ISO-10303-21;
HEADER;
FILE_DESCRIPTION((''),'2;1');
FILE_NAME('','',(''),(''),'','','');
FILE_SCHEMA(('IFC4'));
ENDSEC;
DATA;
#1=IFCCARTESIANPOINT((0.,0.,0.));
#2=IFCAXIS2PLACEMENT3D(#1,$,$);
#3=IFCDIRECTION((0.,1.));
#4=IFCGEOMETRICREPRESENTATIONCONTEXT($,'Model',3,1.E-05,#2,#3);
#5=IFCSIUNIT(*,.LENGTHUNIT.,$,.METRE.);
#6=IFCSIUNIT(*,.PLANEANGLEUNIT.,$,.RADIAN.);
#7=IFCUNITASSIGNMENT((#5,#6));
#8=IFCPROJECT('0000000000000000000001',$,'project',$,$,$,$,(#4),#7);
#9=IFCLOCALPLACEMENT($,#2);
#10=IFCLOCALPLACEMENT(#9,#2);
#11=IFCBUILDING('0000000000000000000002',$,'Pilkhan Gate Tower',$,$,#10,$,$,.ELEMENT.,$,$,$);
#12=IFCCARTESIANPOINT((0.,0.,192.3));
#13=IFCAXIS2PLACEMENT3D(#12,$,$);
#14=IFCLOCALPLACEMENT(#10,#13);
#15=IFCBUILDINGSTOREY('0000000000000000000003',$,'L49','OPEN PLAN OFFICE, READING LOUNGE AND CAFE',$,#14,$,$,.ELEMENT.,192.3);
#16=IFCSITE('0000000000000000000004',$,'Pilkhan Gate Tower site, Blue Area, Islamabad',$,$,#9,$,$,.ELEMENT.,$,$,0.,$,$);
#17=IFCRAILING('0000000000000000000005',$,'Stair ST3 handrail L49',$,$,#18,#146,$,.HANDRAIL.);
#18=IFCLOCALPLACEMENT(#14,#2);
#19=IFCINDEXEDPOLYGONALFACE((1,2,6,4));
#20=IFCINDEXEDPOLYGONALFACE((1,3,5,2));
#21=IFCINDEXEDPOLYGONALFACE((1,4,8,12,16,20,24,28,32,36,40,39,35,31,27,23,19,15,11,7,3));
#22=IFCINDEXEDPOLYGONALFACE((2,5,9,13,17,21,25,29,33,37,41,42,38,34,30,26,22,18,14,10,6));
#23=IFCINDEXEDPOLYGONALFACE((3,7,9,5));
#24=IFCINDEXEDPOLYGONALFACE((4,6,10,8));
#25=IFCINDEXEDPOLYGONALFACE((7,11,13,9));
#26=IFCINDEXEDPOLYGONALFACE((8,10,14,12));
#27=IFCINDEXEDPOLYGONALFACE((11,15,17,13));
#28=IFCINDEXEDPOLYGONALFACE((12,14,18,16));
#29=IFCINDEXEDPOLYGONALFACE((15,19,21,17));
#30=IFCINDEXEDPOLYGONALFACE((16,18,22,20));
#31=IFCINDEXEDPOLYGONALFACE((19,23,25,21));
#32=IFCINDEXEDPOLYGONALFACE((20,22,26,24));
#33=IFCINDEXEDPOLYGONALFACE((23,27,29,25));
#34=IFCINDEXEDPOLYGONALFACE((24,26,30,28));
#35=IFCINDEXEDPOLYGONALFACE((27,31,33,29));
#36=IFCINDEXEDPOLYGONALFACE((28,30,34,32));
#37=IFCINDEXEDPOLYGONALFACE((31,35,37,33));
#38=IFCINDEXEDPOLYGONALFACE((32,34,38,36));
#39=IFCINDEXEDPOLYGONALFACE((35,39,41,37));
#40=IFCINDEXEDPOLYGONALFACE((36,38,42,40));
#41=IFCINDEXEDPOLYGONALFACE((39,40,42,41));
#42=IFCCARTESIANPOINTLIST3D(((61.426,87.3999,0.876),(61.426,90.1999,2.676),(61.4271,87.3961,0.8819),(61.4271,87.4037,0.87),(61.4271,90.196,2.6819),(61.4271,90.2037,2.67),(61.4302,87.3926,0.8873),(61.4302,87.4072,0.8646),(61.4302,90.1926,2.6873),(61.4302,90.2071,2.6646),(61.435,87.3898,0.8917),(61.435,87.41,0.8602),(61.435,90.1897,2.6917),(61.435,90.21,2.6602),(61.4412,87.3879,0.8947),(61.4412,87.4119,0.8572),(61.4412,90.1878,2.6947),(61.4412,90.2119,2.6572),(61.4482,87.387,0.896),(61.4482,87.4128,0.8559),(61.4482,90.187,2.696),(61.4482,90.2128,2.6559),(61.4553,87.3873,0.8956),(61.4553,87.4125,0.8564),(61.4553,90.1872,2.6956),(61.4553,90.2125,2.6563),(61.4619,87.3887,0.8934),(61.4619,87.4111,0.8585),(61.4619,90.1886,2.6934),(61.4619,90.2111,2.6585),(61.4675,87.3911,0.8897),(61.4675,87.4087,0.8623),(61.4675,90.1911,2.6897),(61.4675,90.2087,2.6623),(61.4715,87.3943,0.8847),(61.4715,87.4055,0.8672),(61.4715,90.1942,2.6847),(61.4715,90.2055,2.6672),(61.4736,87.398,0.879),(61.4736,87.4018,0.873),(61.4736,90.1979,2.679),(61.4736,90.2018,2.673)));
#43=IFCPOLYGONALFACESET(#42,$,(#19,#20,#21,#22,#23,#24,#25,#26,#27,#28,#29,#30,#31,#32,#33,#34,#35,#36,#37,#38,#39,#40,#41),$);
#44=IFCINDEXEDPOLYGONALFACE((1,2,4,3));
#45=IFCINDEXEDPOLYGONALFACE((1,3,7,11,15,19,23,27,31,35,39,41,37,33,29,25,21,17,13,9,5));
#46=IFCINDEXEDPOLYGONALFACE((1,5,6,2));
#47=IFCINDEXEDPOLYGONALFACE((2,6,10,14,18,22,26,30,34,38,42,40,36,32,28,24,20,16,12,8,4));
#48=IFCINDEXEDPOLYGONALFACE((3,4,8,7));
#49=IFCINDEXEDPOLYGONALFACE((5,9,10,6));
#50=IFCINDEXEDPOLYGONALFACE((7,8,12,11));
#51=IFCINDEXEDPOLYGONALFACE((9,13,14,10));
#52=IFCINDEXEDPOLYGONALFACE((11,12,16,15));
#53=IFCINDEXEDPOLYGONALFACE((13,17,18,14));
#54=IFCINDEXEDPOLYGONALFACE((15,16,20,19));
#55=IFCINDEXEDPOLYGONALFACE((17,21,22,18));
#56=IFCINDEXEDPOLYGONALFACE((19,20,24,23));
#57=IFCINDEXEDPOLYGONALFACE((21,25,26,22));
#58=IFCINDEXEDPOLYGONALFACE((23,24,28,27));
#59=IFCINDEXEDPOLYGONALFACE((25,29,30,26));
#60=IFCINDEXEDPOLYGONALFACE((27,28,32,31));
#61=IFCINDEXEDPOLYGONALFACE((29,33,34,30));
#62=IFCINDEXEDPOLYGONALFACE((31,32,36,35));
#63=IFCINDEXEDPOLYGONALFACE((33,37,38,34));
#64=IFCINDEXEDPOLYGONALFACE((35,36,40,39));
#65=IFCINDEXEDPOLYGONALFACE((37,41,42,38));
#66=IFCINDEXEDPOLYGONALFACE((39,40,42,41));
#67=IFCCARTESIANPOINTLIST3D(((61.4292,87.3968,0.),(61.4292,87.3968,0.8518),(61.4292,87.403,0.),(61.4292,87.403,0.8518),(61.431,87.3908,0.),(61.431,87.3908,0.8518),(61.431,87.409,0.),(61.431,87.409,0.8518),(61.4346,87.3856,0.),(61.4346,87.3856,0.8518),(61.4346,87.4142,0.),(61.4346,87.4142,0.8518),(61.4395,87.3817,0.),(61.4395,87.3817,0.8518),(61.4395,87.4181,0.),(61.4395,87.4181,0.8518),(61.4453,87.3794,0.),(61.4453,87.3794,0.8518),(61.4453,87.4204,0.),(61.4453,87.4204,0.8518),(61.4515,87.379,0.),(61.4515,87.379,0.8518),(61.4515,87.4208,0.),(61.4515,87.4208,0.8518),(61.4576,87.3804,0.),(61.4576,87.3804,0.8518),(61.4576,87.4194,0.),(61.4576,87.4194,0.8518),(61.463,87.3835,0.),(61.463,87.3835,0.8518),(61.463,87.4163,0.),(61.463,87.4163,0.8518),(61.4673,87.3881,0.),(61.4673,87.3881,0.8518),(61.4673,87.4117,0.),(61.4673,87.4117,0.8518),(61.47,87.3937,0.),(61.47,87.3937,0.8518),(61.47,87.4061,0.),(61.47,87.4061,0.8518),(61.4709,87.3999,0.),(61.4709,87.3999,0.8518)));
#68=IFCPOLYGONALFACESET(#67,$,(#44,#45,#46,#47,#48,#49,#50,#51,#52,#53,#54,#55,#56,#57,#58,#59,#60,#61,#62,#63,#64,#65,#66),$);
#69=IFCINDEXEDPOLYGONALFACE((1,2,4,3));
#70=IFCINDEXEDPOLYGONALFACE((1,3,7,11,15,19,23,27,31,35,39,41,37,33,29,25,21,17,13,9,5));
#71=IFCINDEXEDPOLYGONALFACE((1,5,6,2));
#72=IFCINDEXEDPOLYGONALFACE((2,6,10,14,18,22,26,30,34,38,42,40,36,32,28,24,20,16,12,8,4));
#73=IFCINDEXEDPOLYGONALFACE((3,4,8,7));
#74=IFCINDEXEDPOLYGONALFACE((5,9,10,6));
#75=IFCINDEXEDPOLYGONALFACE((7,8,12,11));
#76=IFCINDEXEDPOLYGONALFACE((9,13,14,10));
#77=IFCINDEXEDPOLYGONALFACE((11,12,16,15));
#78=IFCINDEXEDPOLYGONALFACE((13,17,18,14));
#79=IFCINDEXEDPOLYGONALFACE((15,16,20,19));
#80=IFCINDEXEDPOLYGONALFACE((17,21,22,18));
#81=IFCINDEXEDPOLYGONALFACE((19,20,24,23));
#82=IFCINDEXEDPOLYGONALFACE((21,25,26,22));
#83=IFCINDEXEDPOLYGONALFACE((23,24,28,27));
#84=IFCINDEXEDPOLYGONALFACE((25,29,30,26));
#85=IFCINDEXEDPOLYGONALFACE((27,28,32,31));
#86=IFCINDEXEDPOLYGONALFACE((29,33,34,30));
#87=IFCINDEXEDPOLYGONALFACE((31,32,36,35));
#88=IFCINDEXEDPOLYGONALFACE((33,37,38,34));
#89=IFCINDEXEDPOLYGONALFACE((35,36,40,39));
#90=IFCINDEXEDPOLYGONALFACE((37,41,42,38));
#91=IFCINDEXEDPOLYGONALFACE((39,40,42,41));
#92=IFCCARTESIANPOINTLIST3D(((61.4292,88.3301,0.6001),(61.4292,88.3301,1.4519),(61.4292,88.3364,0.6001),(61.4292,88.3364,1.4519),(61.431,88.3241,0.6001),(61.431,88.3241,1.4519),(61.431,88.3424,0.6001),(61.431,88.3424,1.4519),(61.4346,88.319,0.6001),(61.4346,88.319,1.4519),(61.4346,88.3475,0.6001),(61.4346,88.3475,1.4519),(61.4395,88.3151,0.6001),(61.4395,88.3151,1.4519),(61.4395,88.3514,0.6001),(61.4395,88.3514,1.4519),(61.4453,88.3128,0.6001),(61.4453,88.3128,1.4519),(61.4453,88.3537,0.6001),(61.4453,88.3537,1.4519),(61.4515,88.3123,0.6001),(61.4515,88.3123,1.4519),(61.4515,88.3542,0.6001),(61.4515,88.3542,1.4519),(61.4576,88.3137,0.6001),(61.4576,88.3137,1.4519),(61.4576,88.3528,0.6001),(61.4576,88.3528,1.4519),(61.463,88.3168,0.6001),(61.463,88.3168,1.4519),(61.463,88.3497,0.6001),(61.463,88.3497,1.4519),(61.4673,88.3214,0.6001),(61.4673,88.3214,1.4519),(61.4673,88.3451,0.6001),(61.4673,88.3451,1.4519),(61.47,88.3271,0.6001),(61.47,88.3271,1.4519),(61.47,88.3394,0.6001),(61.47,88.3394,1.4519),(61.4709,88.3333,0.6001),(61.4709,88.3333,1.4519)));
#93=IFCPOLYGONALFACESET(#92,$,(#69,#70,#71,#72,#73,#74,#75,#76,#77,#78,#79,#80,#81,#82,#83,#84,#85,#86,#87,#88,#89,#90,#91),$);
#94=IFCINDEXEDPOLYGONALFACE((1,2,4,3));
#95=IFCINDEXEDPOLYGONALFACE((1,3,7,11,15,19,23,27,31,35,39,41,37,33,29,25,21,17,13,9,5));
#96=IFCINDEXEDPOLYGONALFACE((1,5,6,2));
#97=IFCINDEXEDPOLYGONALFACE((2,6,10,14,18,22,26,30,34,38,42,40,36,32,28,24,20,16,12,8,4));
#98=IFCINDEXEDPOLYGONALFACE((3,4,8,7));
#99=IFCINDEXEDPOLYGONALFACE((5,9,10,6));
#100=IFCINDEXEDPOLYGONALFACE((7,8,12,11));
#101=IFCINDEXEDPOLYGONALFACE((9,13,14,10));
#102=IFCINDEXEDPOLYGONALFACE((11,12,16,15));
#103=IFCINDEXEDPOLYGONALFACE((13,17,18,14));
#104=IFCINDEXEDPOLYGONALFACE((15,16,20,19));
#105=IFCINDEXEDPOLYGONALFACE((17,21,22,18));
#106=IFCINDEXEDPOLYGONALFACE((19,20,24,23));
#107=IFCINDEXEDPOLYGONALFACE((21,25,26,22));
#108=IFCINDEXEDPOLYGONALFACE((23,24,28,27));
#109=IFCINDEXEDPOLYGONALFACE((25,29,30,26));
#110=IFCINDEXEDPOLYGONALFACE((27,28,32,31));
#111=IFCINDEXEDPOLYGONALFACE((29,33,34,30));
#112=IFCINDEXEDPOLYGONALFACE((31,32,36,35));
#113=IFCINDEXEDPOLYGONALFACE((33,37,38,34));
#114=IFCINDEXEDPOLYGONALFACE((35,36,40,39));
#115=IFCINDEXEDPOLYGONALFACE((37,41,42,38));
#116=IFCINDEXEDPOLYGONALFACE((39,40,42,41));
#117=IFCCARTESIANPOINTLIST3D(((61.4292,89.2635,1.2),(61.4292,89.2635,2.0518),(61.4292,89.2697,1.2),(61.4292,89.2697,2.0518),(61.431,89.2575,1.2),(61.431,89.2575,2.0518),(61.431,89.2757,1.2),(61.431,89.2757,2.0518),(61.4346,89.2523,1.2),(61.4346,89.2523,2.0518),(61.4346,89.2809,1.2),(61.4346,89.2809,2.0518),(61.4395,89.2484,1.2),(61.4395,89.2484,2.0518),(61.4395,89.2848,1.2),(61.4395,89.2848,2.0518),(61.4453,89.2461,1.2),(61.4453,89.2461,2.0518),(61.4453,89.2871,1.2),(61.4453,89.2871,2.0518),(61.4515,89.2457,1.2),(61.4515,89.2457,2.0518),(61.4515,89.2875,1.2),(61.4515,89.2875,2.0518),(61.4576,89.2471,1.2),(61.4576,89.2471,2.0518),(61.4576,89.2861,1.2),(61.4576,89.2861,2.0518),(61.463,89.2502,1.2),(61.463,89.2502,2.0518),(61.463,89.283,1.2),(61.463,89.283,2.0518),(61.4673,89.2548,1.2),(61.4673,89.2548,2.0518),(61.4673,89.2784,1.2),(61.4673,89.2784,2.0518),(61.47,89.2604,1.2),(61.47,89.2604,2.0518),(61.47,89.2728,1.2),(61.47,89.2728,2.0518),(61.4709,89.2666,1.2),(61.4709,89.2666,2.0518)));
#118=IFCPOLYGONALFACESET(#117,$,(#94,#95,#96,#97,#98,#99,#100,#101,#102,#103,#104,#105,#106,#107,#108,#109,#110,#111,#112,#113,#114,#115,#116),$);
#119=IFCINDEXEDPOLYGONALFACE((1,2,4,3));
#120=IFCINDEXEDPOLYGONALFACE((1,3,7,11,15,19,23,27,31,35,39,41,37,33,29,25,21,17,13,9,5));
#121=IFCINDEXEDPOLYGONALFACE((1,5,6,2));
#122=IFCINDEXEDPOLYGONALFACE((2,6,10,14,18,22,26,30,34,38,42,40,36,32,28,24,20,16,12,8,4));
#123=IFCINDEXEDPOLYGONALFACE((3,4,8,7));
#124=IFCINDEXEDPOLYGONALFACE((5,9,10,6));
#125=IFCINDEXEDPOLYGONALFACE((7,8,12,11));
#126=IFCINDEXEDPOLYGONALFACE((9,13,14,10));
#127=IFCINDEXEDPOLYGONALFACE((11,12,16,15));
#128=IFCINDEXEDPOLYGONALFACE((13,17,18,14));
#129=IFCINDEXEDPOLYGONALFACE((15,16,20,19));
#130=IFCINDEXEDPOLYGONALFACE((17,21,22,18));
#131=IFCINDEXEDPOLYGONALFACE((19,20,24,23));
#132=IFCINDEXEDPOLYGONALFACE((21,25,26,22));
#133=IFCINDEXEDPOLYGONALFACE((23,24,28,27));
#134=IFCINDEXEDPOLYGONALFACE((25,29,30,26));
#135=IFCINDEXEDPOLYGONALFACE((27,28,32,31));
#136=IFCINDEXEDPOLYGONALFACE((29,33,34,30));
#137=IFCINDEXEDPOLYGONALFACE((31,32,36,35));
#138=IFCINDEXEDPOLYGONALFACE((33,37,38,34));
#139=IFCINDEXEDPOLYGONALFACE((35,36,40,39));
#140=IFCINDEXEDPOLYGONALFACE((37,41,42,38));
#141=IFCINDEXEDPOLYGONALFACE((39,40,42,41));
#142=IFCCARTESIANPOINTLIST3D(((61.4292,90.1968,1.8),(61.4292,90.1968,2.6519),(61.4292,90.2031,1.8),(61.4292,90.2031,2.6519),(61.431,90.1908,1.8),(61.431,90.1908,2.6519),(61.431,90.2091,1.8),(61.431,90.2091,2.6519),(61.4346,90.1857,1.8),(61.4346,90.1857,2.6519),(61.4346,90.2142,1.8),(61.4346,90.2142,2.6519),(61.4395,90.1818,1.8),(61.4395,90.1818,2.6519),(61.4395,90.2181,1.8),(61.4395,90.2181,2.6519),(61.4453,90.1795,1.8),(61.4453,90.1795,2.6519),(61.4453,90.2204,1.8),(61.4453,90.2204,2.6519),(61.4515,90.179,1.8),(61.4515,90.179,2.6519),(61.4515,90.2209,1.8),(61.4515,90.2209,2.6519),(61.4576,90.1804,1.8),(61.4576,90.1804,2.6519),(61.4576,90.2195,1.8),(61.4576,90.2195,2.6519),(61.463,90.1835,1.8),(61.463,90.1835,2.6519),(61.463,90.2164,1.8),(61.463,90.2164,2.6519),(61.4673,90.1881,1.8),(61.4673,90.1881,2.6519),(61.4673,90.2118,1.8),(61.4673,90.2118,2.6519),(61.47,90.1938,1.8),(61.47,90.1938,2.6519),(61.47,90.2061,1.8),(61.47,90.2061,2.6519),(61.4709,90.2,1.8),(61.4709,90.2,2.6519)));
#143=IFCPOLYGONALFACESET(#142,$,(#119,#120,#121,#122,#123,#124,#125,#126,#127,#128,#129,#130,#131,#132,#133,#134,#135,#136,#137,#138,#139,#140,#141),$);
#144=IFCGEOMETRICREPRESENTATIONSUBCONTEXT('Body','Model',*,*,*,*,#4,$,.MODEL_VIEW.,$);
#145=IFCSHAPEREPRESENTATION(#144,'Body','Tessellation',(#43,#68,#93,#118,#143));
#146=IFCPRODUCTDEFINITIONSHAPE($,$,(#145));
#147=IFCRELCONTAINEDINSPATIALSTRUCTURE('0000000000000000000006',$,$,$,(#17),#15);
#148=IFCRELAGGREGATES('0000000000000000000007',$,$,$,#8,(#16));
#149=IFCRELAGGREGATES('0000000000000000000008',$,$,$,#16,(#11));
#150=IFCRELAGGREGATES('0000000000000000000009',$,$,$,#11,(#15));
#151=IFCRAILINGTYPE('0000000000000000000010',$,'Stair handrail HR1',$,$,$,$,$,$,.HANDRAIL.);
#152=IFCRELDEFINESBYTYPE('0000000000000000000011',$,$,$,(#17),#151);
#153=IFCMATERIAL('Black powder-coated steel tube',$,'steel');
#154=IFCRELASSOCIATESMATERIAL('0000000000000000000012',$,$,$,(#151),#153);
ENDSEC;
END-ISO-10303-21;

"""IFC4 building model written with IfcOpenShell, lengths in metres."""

from ifc_helpers import new_model, si_unit, direction, frame, origin, origin_2d, place, context, subcontext, project, spatial, circle, extrude, material, type_object, element, save


model = new_model("IFC4")

# Units and contexts
model_context = context("Model", 3, precision=1e-05, world=origin(), true_north=direction((0.0, 1.0)))
body_context = subcontext(model_context, "Body", "Model", "MODEL_VIEW")
ifc_project = project(units=[si_unit("LENGTHUNIT", "METRE"), si_unit("PLANEANGLEUNIT", "RADIAN")], contexts=[model_context])

# Site, building, storey
site_placement = place(None, origin())
site = spatial("IfcSite", under=ifc_project, at=site_placement, Name="Pilkhan Gate Tower site, Blue Area, Islamabad", CompositionType="ELEMENT", RefElevation=0.0)
building_placement = place(site_placement, origin())
building = spatial("IfcBuilding", under=site, at=building_placement, Name="Pilkhan Gate Tower", CompositionType="ELEMENT")
storey_placement = place(building_placement, frame((0.0, 0.0, 192.3)))
storey = spatial("IfcBuildingStorey", under=building, at=storey_placement, Name="L49", Description="OPEN PLAN OFFICE, READING LOUNGE AND CAFE", CompositionType="ELEMENT", Elevation=192.3)

# Railing
ifc_material_1 = material(Name="Black powder-coated steel tube", Category="steel")
railing_type_1 = type_object("IfcRailingType", Name="Stair handrail HR1", PredefinedType="HANDRAIL", material=ifc_material_1)
railing_1_placement = place(storey_placement, frame((61.45, 87.3999, 0.0)))
element("IfcRailing", 1, at=railing_1_placement, inside=storey, type_object=railing_type_1, Name="Stair ST3 handrail L49", PredefinedType="HANDRAIL", context=body_context, shape_type="SweptSolid", body=[
    extrude(circle(Radius=0.0239, at=origin_2d()), frame((0.0, 0.0, 0.876), z_axis=(0.0, 0.841176, 0.540761), x_axis=(-1.0, 0.0, 0.0)), (0.0, 0.0, 1.0), 3.3286),
    extrude(circle(Radius=0.021, at=origin_2d()), origin(), (0.0, 0.0, 1.0), 0.8518),
    extrude(circle(Radius=0.021, at=origin_2d()), frame((0.0, 0.9333, 0.6001)), (0.0, 0.0, 1.0), 0.8518),
    extrude(circle(Radius=0.021, at=origin_2d()), frame((0.0, 1.8667, 1.2)), (0.0, 0.0, 1.0), 0.8518),
    extrude(circle(Radius=0.021, at=origin_2d()), frame((0.0, 2.8, 1.8)), (0.0, 0.0, 1.0), 0.8518),
])

save(model, "model.ifc")
